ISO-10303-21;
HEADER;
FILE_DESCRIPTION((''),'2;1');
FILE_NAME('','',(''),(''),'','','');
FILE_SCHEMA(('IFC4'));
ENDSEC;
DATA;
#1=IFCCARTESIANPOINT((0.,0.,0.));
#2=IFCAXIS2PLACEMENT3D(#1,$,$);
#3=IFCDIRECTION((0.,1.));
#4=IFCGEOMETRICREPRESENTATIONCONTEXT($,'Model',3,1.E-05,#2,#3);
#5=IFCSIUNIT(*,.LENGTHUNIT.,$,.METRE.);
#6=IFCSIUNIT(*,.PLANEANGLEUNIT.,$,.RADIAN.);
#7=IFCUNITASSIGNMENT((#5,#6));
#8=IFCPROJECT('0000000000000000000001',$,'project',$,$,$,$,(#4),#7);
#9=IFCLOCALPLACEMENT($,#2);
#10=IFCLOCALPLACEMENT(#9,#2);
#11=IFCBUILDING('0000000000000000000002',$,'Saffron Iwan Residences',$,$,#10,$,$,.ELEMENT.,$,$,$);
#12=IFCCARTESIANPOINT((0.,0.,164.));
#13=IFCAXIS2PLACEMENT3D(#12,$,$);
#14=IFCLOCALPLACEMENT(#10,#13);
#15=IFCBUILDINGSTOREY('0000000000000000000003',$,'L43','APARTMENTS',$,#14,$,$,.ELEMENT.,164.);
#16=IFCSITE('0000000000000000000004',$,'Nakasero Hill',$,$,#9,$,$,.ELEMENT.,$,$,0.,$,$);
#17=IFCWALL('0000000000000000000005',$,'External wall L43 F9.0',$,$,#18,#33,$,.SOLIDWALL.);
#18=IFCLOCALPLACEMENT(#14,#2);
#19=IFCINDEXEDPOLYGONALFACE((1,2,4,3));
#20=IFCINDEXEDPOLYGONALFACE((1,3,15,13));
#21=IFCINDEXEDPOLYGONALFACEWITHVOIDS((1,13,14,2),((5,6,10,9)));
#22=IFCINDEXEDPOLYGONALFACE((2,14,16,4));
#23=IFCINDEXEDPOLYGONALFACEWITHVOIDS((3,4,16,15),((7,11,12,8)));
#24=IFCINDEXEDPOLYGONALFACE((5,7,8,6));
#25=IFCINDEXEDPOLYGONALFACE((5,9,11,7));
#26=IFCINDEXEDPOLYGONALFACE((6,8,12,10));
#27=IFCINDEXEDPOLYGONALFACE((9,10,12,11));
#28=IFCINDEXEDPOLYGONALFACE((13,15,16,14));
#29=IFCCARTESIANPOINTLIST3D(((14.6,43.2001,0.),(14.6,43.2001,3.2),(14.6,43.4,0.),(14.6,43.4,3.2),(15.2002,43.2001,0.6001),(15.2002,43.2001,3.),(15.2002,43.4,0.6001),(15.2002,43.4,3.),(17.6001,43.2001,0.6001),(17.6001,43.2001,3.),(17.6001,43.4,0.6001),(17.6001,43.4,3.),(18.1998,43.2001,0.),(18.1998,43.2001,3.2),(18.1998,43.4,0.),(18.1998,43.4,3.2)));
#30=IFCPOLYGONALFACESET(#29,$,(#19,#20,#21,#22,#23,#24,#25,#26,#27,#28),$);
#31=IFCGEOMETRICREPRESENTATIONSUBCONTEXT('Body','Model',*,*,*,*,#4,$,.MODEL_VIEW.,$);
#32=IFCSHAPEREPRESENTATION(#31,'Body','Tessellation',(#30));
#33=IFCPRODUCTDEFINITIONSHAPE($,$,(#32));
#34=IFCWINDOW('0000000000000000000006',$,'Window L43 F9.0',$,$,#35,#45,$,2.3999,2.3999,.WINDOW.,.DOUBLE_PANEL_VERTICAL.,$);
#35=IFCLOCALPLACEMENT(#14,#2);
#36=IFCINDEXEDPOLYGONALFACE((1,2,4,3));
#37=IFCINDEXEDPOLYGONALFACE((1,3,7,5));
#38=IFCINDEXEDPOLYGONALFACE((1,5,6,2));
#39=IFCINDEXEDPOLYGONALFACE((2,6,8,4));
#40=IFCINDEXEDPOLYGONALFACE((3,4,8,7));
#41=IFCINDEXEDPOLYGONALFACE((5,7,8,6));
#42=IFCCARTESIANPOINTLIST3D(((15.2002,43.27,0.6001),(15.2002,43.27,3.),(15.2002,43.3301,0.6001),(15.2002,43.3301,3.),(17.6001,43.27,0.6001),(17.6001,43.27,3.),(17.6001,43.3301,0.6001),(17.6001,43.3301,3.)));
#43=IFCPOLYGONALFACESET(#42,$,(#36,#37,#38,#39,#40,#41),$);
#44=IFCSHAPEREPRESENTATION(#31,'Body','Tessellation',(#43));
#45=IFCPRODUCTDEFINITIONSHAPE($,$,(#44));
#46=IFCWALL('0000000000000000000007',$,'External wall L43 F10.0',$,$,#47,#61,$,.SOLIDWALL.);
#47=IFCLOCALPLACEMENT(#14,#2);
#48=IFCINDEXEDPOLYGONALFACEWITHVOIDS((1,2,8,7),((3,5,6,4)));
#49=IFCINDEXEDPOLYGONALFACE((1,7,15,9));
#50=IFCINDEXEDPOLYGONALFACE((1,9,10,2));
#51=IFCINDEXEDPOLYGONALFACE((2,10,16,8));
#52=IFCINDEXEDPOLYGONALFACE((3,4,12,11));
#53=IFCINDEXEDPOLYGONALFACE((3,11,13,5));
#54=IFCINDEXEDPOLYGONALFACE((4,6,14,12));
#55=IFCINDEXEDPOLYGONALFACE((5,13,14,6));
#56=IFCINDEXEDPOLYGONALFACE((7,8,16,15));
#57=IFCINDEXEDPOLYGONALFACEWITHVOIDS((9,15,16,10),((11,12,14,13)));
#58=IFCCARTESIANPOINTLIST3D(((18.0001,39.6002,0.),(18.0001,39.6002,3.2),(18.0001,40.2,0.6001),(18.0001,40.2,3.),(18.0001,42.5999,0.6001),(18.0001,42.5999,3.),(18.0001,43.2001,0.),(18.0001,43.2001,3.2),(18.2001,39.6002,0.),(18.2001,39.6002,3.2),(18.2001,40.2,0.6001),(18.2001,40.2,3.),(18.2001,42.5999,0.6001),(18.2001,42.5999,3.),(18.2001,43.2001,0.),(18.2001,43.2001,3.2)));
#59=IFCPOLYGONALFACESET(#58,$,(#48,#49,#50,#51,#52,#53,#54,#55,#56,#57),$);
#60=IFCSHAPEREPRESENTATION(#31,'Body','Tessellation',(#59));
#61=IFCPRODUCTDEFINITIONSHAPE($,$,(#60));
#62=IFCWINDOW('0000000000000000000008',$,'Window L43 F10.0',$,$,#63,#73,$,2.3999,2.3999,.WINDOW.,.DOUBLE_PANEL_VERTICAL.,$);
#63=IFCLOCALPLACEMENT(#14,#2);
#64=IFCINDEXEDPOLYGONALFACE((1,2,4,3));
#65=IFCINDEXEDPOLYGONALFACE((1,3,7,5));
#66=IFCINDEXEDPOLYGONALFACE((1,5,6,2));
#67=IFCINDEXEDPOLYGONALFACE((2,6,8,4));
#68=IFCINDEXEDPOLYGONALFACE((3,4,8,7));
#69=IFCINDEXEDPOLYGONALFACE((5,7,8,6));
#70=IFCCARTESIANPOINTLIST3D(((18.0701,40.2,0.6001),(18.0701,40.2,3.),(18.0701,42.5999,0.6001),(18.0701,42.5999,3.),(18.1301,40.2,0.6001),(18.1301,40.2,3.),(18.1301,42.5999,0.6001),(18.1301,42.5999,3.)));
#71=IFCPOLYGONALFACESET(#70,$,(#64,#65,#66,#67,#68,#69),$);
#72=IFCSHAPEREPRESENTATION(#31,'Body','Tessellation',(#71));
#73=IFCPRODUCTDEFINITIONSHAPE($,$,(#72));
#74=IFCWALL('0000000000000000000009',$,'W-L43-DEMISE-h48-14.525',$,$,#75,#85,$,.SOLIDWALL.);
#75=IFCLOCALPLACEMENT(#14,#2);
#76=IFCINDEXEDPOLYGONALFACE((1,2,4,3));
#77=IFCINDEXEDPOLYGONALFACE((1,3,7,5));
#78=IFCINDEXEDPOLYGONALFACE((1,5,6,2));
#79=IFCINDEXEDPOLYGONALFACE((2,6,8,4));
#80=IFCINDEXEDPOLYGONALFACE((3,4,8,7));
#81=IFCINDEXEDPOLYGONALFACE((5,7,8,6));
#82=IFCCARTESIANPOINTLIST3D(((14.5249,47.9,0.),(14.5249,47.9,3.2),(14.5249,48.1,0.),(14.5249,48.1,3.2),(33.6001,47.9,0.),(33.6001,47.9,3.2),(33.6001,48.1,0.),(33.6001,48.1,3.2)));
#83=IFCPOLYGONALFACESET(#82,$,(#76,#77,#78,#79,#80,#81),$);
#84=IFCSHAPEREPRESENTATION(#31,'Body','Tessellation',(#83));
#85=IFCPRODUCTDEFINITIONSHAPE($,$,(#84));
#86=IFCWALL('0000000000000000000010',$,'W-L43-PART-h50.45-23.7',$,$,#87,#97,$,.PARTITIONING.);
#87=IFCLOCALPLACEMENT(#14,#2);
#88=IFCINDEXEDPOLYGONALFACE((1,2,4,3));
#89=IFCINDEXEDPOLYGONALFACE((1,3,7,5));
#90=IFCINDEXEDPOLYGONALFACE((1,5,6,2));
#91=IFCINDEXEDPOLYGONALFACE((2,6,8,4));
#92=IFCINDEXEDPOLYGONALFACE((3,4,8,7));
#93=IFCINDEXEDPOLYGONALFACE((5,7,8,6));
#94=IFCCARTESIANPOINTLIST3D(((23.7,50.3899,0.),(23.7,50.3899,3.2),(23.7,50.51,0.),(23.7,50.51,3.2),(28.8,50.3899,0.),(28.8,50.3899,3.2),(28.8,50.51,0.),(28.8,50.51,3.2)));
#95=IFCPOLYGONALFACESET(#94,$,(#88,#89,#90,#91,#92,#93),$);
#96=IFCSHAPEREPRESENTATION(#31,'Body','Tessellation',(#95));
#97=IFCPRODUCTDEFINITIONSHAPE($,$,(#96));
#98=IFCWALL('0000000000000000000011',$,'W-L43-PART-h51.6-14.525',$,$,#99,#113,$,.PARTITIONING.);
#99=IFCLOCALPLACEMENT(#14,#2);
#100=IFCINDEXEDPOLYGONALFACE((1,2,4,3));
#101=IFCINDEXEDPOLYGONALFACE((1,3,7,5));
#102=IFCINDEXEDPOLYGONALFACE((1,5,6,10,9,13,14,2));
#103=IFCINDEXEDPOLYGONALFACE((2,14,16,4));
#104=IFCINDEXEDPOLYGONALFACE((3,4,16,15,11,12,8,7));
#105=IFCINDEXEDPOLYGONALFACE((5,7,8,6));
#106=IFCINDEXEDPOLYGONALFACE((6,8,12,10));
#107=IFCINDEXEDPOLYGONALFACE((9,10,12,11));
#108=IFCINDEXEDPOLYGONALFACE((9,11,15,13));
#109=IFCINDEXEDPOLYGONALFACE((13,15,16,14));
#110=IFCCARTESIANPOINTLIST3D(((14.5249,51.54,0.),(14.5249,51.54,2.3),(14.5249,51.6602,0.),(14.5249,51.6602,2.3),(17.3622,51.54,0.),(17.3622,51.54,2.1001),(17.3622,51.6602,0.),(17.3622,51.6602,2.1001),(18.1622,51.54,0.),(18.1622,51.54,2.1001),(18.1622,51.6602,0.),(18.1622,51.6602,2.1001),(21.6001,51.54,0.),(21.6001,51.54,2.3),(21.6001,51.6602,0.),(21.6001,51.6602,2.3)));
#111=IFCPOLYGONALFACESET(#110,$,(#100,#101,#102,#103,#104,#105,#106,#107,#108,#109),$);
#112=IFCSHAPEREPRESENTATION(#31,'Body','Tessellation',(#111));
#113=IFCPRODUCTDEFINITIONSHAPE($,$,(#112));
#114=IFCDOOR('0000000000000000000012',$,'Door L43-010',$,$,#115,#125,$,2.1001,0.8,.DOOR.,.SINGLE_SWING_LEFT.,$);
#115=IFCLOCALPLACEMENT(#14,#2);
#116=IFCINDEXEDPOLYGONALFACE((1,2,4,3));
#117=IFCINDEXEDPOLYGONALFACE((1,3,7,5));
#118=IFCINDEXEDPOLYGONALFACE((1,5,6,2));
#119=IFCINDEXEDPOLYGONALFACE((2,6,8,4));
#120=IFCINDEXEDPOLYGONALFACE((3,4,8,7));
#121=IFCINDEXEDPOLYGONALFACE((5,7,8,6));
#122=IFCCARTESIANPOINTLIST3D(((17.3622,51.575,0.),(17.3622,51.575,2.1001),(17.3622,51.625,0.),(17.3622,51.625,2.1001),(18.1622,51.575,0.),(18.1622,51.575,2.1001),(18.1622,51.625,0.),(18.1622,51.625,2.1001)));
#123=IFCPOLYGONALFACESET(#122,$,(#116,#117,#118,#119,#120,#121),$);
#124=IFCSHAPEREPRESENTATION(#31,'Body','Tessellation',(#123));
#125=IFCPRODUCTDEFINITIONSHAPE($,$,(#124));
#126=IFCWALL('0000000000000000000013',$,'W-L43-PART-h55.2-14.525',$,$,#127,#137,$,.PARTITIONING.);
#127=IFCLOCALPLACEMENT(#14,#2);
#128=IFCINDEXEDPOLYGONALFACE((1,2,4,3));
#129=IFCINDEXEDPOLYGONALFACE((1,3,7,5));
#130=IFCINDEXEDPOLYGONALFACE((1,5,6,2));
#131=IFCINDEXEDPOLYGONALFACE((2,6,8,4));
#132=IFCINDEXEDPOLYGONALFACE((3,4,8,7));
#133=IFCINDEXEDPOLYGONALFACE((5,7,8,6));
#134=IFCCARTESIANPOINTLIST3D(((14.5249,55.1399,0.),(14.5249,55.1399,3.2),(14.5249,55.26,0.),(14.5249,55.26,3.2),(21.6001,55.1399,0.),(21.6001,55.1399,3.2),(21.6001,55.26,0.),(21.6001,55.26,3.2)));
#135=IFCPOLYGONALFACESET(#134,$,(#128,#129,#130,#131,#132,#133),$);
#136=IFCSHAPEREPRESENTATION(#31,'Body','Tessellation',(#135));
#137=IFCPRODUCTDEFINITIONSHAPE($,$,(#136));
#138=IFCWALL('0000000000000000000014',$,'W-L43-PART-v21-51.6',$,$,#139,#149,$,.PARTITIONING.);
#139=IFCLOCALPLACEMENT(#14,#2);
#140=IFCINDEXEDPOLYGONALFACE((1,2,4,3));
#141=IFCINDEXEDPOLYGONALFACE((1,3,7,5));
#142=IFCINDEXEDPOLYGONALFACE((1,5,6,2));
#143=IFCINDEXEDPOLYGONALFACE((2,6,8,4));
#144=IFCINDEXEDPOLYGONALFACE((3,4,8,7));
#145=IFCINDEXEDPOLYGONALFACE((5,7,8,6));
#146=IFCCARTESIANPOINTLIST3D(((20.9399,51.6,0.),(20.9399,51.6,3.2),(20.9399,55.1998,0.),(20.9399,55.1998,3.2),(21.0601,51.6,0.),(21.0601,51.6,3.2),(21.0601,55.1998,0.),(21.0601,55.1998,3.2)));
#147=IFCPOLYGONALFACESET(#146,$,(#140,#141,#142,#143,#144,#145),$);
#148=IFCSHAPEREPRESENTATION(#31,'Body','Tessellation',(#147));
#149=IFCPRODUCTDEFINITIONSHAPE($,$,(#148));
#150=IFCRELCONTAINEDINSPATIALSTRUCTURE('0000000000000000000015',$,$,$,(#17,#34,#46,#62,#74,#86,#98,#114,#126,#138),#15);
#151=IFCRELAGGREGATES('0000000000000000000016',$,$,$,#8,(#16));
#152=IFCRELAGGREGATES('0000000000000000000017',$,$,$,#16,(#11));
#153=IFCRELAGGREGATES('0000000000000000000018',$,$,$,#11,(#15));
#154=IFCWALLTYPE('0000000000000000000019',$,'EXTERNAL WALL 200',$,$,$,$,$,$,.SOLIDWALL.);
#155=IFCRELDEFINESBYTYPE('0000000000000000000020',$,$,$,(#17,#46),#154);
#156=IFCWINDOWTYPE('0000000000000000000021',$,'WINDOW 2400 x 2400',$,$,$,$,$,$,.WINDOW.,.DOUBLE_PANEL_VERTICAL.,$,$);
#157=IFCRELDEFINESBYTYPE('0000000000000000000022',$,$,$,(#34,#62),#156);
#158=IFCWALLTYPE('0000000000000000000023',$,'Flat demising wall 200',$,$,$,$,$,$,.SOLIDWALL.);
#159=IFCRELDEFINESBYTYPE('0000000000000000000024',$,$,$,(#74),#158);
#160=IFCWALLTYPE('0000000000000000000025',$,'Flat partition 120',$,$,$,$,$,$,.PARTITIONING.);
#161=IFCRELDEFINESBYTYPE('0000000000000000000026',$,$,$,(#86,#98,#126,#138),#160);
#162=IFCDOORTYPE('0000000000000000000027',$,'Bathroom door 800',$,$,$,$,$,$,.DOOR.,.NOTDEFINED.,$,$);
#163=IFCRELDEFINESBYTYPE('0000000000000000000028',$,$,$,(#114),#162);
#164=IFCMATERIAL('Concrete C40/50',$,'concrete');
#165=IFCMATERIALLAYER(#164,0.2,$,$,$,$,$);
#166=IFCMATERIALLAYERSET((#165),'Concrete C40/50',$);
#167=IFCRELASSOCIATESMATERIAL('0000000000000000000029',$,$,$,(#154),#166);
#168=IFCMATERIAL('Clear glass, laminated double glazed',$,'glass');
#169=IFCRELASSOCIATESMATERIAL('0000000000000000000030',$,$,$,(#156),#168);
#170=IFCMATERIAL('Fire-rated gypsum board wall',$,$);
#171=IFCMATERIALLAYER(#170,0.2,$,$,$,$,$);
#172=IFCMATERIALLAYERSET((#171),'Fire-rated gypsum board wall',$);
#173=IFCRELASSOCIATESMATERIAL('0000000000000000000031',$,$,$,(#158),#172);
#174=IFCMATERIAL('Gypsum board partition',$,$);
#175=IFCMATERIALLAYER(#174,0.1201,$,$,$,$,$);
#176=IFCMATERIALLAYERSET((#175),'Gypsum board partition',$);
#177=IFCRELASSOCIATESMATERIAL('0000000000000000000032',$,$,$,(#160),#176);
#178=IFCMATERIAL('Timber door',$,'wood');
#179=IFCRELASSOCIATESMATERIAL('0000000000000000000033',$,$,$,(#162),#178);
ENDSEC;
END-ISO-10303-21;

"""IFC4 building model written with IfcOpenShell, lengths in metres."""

from ifc_helpers import new_model, si_unit, direction, frame, frame_2d, origin, place, context, subcontext, project, spatial, rectangle, extrude, material, layer, layer_set, type_object, element, fill, save


model = new_model("IFC4")

# Units and contexts
model_context = context("Model", 3, precision=1e-05, world=origin(), true_north=direction((0.0, 1.0)))
body_context = subcontext(model_context, "Body", "Model", "MODEL_VIEW")
ifc_project = project(units=[si_unit("LENGTHUNIT", "METRE"), si_unit("PLANEANGLEUNIT", "RADIAN")], contexts=[model_context])

# Site, building, storey
site_placement = place(None, origin())
site = spatial("IfcSite", under=ifc_project, at=site_placement, Name="Nakasero Hill", CompositionType="ELEMENT", RefElevation=0.0)
building_placement = place(site_placement, origin())
building = spatial("IfcBuilding", under=site, at=building_placement, Name="Saffron Iwan Residences", CompositionType="ELEMENT")
storey_placement = place(building_placement, frame((0.0, 0.0, 164.0)))
storey = spatial("IfcBuildingStorey", under=building, at=storey_placement, Name="L43", Description="APARTMENTS", CompositionType="ELEMENT", Elevation=164.0)

# Shared definitions
ifc_material_1 = material(Name="Concrete C40/50", Category="concrete")
ifc_layer_1 = layer(ifc_material_1, 0.2)
ifc_layer_set_1 = layer_set([ifc_layer_1], Name="Concrete C40/50")
wall_type_1 = type_object("IfcWallType", Name="EXTERNAL WALL 200", PredefinedType="SOLIDWALL", material=ifc_layer_set_1)
ifc_material_2 = material(Name="Clear glass, laminated double glazed", Category="glass")
window_type_1 = type_object("IfcWindowType", Name="WINDOW 2400 x 2400", PartitioningType="DOUBLE_PANEL_VERTICAL", PredefinedType="WINDOW", material=ifc_material_2)

# Walls, openings, windows
wall_1_placement = place(storey_placement, frame((14.6001, 43.3, 0.0), z_axis=(0.0, 0.0, 1.0), x_axis=(1.0, 0.0, 0.0)))
wall_1 = element("IfcWall", 1, at=wall_1_placement, inside=storey, type_object=wall_type_1, Name="External wall L43 F9.0", PredefinedType="SOLIDWALL", context=body_context, shape_type="SweptSolid", body=[
    extrude(rectangle(XDim=3.5999, YDim=0.2, at=frame_2d((1.7998, 0.0))), origin(), (0.0, 0.0, 1.0), 3.2),
])
opening_1_placement = place(wall_1_placement, frame((0.6001, 0.0, 0.6001)))
opening_1 = element("IfcOpeningElement", 2, at=opening_1_placement, cuts=wall_1, PredefinedType="OPENING", context=body_context, shape_type="SweptSolid", body=[
    extrude(rectangle(XDim=2.3999, YDim=2.3999, at=frame_2d((1.2, 1.2))), frame((0.0, 0.1099, 0.0), z_axis=(0.0, -1.0, 0.0), x_axis=(1.0, 0.0, 0.0)), (0.0, 0.0, 1.0), 0.22),
])
window_1_placement = place(opening_1_placement, origin())
window_1 = element("IfcWindow", 3, at=window_1_placement, inside=storey, type_object=window_type_1, Name="Window L43 F9.0", OverallHeight=2.3999, OverallWidth=2.3999, PartitioningType="DOUBLE_PANEL_VERTICAL", PredefinedType="WINDOW", context=body_context, shape_type="SweptSolid", body=[
    extrude(rectangle(XDim=2.3999, YDim=2.3999, at=frame_2d((1.2, 1.2))), frame((0.0, 0.03, 0.0), z_axis=(0.0, -1.0, 0.0), x_axis=(1.0, 0.0, 0.0)), (0.0, 0.0, 1.0), 0.0601),
])
fill(opening_1, window_1)
wall_2_placement = place(storey_placement, frame((18.1001, 43.2, 0.0), z_axis=(0.0, 0.0, 1.0), x_axis=(0.0, -1.0, 0.0)))
wall_2 = element("IfcWall", 4, at=wall_2_placement, inside=storey, type_object=wall_type_1, Name="External wall L43 F10.0", PredefinedType="SOLIDWALL", context=body_context, shape_type="SweptSolid", body=[
    extrude(rectangle(XDim=3.5999, YDim=0.2, at=frame_2d((1.7998, 0.0))), origin(), (0.0, 0.0, 1.0), 3.2),
])
opening_2_placement = place(wall_2_placement, frame((0.6001, 0.0, 0.6001)))
opening_2 = element("IfcOpeningElement", 5, at=opening_2_placement, cuts=wall_2, PredefinedType="OPENING", context=body_context, shape_type="SweptSolid", body=[
    extrude(rectangle(XDim=2.3999, YDim=2.3999, at=frame_2d((1.2, 1.2))), frame((0.0, 0.1099, 0.0), z_axis=(0.0, -1.0, 0.0), x_axis=(1.0, 0.0, 0.0)), (0.0, 0.0, 1.0), 0.22),
])
window_2_placement = place(opening_2_placement, origin())
window_2 = element("IfcWindow", 6, at=window_2_placement, inside=storey, type_object=window_type_1, Name="Window L43 F10.0", OverallHeight=2.3999, OverallWidth=2.3999, PartitioningType="DOUBLE_PANEL_VERTICAL", PredefinedType="WINDOW", context=body_context, shape_type="SweptSolid", body=[
    extrude(rectangle(XDim=2.3999, YDim=2.3999, at=frame_2d((1.2, 1.2))), frame((0.0, 0.03, 0.0), z_axis=(0.0, -1.0, 0.0), x_axis=(1.0, 0.0, 0.0)), (0.0, 0.0, 1.0), 0.0601),
])
fill(opening_2, window_2)

# Walls
ifc_material_3 = material(Name="Fire-rated gypsum board wall")
ifc_layer_2 = layer(ifc_material_3, 0.2)
ifc_layer_set_2 = layer_set([ifc_layer_2], Name="Fire-rated gypsum board wall")
wall_type_2 = type_object("IfcWallType", Name="Flat demising wall 200", PredefinedType="SOLIDWALL", material=ifc_layer_set_2)
wall_3_placement = place(storey_placement, frame((14.5249, 48.0, 0.0), z_axis=(0.0, 0.0, 1.0), x_axis=(1.0, 0.0, 0.0)))
element("IfcWall", 7, at=wall_3_placement, inside=storey, type_object=wall_type_2, Name="W-L43-DEMISE-h48-14.525", PredefinedType="SOLIDWALL", context=body_context, shape_type="SweptSolid", body=[
    extrude(rectangle(XDim=19.0752, YDim=0.2, at=frame_2d((9.5376, 0.0))), origin(), (0.0, 0.0, 1.0), 3.2),
])
ifc_material_4 = material(Name="Gypsum board partition")
ifc_layer_3 = layer(ifc_material_4, 0.1201)
ifc_layer_set_3 = layer_set([ifc_layer_3], Name="Gypsum board partition")
wall_type_3 = type_object("IfcWallType", Name="Flat partition 120", PredefinedType="PARTITIONING", material=ifc_layer_set_3)
wall_4_placement = place(storey_placement, frame((23.7, 50.45, 0.0), z_axis=(0.0, 0.0, 1.0), x_axis=(1.0, 0.0, 0.0)))
element("IfcWall", 8, at=wall_4_placement, inside=storey, type_object=wall_type_3, Name="W-L43-PART-h50.45-23.7", PredefinedType="PARTITIONING", context=body_context, shape_type="SweptSolid", body=[
    extrude(rectangle(XDim=5.1001, YDim=0.1201, at=frame_2d((2.55, 0.0))), origin(), (0.0, 0.0, 1.0), 3.2),
])

# Wall, opening, door
wall_5_placement = place(storey_placement, frame((14.5249, 51.6001, 0.0), z_axis=(0.0, 0.0, 1.0), x_axis=(1.0, 0.0, 0.0)))
wall_5 = element("IfcWall", 9, at=wall_5_placement, inside=storey, type_object=wall_type_3, Name="W-L43-PART-h51.6-14.525", PredefinedType="PARTITIONING", context=body_context, shape_type="SweptSolid", body=[
    extrude(rectangle(XDim=7.0752, YDim=0.1201, at=frame_2d((3.5376, 0.0))), origin(), (0.0, 0.0, 1.0), 2.3),
])
opening_3_placement = place(wall_5_placement, frame((2.8374, 0.0, 0.0)))
opening_3 = element("IfcOpeningElement", 10, at=opening_3_placement, cuts=wall_5, PredefinedType="OPENING", context=body_context, shape_type="SweptSolid", body=[
    extrude(rectangle(XDim=0.8, YDim=2.1001, at=frame_2d((0.3999, 1.05))), frame((0.0, 0.0701, 0.0), z_axis=(0.0, -1.0, 0.0), x_axis=(1.0, 0.0, 0.0)), (0.0, 0.0, 1.0), 0.1401),
])
ifc_material_5 = material(Name="Timber door", Category="wood")
door_type_1 = type_object("IfcDoorType", Name="Bathroom door 800", OperationType="NOTDEFINED", PredefinedType="DOOR", material=ifc_material_5)
door_1_placement = place(opening_3_placement, origin())
door_1 = element("IfcDoor", 11, at=door_1_placement, inside=storey, type_object=door_type_1, Name="Door L43-010", OperationType="SINGLE_SWING_LEFT", OverallHeight=2.1001, OverallWidth=0.8, PredefinedType="DOOR", context=body_context, shape_type="SweptSolid", body=[
    extrude(rectangle(XDim=0.8, YDim=2.1001, at=frame_2d((0.3999, 1.05))), frame((0.0, 0.0249, 0.0), z_axis=(0.0, -1.0, 0.0), x_axis=(1.0, 0.0, 0.0)), (0.0, 0.0, 1.0), 0.05),
])
fill(opening_3, door_1)

# Walls
wall_6_placement = place(storey_placement, frame((14.5249, 55.2, 0.0), z_axis=(0.0, 0.0, 1.0), x_axis=(1.0, 0.0, 0.0)))
element("IfcWall", 12, at=wall_6_placement, inside=storey, type_object=wall_type_3, Name="W-L43-PART-h55.2-14.525", PredefinedType="PARTITIONING", context=body_context, shape_type="SweptSolid", body=[
    extrude(rectangle(XDim=7.0752, YDim=0.1201, at=frame_2d((3.5376, 0.0))), origin(), (0.0, 0.0, 1.0), 3.2),
])
wall_7_placement = place(storey_placement, frame((21.0, 51.6001, 0.0), z_axis=(0.0, 0.0, 1.0), x_axis=(0.0, 1.0, 0.0)))
element("IfcWall", 13, at=wall_7_placement, inside=storey, type_object=wall_type_3, Name="W-L43-PART-v21-51.6", PredefinedType="PARTITIONING", context=body_context, shape_type="SweptSolid", body=[
    extrude(rectangle(XDim=3.5999, YDim=0.1201, at=frame_2d((1.7998, 0.0))), origin(), (0.0, 0.0, 1.0), 3.2),
])

save(model, "model.ifc")
